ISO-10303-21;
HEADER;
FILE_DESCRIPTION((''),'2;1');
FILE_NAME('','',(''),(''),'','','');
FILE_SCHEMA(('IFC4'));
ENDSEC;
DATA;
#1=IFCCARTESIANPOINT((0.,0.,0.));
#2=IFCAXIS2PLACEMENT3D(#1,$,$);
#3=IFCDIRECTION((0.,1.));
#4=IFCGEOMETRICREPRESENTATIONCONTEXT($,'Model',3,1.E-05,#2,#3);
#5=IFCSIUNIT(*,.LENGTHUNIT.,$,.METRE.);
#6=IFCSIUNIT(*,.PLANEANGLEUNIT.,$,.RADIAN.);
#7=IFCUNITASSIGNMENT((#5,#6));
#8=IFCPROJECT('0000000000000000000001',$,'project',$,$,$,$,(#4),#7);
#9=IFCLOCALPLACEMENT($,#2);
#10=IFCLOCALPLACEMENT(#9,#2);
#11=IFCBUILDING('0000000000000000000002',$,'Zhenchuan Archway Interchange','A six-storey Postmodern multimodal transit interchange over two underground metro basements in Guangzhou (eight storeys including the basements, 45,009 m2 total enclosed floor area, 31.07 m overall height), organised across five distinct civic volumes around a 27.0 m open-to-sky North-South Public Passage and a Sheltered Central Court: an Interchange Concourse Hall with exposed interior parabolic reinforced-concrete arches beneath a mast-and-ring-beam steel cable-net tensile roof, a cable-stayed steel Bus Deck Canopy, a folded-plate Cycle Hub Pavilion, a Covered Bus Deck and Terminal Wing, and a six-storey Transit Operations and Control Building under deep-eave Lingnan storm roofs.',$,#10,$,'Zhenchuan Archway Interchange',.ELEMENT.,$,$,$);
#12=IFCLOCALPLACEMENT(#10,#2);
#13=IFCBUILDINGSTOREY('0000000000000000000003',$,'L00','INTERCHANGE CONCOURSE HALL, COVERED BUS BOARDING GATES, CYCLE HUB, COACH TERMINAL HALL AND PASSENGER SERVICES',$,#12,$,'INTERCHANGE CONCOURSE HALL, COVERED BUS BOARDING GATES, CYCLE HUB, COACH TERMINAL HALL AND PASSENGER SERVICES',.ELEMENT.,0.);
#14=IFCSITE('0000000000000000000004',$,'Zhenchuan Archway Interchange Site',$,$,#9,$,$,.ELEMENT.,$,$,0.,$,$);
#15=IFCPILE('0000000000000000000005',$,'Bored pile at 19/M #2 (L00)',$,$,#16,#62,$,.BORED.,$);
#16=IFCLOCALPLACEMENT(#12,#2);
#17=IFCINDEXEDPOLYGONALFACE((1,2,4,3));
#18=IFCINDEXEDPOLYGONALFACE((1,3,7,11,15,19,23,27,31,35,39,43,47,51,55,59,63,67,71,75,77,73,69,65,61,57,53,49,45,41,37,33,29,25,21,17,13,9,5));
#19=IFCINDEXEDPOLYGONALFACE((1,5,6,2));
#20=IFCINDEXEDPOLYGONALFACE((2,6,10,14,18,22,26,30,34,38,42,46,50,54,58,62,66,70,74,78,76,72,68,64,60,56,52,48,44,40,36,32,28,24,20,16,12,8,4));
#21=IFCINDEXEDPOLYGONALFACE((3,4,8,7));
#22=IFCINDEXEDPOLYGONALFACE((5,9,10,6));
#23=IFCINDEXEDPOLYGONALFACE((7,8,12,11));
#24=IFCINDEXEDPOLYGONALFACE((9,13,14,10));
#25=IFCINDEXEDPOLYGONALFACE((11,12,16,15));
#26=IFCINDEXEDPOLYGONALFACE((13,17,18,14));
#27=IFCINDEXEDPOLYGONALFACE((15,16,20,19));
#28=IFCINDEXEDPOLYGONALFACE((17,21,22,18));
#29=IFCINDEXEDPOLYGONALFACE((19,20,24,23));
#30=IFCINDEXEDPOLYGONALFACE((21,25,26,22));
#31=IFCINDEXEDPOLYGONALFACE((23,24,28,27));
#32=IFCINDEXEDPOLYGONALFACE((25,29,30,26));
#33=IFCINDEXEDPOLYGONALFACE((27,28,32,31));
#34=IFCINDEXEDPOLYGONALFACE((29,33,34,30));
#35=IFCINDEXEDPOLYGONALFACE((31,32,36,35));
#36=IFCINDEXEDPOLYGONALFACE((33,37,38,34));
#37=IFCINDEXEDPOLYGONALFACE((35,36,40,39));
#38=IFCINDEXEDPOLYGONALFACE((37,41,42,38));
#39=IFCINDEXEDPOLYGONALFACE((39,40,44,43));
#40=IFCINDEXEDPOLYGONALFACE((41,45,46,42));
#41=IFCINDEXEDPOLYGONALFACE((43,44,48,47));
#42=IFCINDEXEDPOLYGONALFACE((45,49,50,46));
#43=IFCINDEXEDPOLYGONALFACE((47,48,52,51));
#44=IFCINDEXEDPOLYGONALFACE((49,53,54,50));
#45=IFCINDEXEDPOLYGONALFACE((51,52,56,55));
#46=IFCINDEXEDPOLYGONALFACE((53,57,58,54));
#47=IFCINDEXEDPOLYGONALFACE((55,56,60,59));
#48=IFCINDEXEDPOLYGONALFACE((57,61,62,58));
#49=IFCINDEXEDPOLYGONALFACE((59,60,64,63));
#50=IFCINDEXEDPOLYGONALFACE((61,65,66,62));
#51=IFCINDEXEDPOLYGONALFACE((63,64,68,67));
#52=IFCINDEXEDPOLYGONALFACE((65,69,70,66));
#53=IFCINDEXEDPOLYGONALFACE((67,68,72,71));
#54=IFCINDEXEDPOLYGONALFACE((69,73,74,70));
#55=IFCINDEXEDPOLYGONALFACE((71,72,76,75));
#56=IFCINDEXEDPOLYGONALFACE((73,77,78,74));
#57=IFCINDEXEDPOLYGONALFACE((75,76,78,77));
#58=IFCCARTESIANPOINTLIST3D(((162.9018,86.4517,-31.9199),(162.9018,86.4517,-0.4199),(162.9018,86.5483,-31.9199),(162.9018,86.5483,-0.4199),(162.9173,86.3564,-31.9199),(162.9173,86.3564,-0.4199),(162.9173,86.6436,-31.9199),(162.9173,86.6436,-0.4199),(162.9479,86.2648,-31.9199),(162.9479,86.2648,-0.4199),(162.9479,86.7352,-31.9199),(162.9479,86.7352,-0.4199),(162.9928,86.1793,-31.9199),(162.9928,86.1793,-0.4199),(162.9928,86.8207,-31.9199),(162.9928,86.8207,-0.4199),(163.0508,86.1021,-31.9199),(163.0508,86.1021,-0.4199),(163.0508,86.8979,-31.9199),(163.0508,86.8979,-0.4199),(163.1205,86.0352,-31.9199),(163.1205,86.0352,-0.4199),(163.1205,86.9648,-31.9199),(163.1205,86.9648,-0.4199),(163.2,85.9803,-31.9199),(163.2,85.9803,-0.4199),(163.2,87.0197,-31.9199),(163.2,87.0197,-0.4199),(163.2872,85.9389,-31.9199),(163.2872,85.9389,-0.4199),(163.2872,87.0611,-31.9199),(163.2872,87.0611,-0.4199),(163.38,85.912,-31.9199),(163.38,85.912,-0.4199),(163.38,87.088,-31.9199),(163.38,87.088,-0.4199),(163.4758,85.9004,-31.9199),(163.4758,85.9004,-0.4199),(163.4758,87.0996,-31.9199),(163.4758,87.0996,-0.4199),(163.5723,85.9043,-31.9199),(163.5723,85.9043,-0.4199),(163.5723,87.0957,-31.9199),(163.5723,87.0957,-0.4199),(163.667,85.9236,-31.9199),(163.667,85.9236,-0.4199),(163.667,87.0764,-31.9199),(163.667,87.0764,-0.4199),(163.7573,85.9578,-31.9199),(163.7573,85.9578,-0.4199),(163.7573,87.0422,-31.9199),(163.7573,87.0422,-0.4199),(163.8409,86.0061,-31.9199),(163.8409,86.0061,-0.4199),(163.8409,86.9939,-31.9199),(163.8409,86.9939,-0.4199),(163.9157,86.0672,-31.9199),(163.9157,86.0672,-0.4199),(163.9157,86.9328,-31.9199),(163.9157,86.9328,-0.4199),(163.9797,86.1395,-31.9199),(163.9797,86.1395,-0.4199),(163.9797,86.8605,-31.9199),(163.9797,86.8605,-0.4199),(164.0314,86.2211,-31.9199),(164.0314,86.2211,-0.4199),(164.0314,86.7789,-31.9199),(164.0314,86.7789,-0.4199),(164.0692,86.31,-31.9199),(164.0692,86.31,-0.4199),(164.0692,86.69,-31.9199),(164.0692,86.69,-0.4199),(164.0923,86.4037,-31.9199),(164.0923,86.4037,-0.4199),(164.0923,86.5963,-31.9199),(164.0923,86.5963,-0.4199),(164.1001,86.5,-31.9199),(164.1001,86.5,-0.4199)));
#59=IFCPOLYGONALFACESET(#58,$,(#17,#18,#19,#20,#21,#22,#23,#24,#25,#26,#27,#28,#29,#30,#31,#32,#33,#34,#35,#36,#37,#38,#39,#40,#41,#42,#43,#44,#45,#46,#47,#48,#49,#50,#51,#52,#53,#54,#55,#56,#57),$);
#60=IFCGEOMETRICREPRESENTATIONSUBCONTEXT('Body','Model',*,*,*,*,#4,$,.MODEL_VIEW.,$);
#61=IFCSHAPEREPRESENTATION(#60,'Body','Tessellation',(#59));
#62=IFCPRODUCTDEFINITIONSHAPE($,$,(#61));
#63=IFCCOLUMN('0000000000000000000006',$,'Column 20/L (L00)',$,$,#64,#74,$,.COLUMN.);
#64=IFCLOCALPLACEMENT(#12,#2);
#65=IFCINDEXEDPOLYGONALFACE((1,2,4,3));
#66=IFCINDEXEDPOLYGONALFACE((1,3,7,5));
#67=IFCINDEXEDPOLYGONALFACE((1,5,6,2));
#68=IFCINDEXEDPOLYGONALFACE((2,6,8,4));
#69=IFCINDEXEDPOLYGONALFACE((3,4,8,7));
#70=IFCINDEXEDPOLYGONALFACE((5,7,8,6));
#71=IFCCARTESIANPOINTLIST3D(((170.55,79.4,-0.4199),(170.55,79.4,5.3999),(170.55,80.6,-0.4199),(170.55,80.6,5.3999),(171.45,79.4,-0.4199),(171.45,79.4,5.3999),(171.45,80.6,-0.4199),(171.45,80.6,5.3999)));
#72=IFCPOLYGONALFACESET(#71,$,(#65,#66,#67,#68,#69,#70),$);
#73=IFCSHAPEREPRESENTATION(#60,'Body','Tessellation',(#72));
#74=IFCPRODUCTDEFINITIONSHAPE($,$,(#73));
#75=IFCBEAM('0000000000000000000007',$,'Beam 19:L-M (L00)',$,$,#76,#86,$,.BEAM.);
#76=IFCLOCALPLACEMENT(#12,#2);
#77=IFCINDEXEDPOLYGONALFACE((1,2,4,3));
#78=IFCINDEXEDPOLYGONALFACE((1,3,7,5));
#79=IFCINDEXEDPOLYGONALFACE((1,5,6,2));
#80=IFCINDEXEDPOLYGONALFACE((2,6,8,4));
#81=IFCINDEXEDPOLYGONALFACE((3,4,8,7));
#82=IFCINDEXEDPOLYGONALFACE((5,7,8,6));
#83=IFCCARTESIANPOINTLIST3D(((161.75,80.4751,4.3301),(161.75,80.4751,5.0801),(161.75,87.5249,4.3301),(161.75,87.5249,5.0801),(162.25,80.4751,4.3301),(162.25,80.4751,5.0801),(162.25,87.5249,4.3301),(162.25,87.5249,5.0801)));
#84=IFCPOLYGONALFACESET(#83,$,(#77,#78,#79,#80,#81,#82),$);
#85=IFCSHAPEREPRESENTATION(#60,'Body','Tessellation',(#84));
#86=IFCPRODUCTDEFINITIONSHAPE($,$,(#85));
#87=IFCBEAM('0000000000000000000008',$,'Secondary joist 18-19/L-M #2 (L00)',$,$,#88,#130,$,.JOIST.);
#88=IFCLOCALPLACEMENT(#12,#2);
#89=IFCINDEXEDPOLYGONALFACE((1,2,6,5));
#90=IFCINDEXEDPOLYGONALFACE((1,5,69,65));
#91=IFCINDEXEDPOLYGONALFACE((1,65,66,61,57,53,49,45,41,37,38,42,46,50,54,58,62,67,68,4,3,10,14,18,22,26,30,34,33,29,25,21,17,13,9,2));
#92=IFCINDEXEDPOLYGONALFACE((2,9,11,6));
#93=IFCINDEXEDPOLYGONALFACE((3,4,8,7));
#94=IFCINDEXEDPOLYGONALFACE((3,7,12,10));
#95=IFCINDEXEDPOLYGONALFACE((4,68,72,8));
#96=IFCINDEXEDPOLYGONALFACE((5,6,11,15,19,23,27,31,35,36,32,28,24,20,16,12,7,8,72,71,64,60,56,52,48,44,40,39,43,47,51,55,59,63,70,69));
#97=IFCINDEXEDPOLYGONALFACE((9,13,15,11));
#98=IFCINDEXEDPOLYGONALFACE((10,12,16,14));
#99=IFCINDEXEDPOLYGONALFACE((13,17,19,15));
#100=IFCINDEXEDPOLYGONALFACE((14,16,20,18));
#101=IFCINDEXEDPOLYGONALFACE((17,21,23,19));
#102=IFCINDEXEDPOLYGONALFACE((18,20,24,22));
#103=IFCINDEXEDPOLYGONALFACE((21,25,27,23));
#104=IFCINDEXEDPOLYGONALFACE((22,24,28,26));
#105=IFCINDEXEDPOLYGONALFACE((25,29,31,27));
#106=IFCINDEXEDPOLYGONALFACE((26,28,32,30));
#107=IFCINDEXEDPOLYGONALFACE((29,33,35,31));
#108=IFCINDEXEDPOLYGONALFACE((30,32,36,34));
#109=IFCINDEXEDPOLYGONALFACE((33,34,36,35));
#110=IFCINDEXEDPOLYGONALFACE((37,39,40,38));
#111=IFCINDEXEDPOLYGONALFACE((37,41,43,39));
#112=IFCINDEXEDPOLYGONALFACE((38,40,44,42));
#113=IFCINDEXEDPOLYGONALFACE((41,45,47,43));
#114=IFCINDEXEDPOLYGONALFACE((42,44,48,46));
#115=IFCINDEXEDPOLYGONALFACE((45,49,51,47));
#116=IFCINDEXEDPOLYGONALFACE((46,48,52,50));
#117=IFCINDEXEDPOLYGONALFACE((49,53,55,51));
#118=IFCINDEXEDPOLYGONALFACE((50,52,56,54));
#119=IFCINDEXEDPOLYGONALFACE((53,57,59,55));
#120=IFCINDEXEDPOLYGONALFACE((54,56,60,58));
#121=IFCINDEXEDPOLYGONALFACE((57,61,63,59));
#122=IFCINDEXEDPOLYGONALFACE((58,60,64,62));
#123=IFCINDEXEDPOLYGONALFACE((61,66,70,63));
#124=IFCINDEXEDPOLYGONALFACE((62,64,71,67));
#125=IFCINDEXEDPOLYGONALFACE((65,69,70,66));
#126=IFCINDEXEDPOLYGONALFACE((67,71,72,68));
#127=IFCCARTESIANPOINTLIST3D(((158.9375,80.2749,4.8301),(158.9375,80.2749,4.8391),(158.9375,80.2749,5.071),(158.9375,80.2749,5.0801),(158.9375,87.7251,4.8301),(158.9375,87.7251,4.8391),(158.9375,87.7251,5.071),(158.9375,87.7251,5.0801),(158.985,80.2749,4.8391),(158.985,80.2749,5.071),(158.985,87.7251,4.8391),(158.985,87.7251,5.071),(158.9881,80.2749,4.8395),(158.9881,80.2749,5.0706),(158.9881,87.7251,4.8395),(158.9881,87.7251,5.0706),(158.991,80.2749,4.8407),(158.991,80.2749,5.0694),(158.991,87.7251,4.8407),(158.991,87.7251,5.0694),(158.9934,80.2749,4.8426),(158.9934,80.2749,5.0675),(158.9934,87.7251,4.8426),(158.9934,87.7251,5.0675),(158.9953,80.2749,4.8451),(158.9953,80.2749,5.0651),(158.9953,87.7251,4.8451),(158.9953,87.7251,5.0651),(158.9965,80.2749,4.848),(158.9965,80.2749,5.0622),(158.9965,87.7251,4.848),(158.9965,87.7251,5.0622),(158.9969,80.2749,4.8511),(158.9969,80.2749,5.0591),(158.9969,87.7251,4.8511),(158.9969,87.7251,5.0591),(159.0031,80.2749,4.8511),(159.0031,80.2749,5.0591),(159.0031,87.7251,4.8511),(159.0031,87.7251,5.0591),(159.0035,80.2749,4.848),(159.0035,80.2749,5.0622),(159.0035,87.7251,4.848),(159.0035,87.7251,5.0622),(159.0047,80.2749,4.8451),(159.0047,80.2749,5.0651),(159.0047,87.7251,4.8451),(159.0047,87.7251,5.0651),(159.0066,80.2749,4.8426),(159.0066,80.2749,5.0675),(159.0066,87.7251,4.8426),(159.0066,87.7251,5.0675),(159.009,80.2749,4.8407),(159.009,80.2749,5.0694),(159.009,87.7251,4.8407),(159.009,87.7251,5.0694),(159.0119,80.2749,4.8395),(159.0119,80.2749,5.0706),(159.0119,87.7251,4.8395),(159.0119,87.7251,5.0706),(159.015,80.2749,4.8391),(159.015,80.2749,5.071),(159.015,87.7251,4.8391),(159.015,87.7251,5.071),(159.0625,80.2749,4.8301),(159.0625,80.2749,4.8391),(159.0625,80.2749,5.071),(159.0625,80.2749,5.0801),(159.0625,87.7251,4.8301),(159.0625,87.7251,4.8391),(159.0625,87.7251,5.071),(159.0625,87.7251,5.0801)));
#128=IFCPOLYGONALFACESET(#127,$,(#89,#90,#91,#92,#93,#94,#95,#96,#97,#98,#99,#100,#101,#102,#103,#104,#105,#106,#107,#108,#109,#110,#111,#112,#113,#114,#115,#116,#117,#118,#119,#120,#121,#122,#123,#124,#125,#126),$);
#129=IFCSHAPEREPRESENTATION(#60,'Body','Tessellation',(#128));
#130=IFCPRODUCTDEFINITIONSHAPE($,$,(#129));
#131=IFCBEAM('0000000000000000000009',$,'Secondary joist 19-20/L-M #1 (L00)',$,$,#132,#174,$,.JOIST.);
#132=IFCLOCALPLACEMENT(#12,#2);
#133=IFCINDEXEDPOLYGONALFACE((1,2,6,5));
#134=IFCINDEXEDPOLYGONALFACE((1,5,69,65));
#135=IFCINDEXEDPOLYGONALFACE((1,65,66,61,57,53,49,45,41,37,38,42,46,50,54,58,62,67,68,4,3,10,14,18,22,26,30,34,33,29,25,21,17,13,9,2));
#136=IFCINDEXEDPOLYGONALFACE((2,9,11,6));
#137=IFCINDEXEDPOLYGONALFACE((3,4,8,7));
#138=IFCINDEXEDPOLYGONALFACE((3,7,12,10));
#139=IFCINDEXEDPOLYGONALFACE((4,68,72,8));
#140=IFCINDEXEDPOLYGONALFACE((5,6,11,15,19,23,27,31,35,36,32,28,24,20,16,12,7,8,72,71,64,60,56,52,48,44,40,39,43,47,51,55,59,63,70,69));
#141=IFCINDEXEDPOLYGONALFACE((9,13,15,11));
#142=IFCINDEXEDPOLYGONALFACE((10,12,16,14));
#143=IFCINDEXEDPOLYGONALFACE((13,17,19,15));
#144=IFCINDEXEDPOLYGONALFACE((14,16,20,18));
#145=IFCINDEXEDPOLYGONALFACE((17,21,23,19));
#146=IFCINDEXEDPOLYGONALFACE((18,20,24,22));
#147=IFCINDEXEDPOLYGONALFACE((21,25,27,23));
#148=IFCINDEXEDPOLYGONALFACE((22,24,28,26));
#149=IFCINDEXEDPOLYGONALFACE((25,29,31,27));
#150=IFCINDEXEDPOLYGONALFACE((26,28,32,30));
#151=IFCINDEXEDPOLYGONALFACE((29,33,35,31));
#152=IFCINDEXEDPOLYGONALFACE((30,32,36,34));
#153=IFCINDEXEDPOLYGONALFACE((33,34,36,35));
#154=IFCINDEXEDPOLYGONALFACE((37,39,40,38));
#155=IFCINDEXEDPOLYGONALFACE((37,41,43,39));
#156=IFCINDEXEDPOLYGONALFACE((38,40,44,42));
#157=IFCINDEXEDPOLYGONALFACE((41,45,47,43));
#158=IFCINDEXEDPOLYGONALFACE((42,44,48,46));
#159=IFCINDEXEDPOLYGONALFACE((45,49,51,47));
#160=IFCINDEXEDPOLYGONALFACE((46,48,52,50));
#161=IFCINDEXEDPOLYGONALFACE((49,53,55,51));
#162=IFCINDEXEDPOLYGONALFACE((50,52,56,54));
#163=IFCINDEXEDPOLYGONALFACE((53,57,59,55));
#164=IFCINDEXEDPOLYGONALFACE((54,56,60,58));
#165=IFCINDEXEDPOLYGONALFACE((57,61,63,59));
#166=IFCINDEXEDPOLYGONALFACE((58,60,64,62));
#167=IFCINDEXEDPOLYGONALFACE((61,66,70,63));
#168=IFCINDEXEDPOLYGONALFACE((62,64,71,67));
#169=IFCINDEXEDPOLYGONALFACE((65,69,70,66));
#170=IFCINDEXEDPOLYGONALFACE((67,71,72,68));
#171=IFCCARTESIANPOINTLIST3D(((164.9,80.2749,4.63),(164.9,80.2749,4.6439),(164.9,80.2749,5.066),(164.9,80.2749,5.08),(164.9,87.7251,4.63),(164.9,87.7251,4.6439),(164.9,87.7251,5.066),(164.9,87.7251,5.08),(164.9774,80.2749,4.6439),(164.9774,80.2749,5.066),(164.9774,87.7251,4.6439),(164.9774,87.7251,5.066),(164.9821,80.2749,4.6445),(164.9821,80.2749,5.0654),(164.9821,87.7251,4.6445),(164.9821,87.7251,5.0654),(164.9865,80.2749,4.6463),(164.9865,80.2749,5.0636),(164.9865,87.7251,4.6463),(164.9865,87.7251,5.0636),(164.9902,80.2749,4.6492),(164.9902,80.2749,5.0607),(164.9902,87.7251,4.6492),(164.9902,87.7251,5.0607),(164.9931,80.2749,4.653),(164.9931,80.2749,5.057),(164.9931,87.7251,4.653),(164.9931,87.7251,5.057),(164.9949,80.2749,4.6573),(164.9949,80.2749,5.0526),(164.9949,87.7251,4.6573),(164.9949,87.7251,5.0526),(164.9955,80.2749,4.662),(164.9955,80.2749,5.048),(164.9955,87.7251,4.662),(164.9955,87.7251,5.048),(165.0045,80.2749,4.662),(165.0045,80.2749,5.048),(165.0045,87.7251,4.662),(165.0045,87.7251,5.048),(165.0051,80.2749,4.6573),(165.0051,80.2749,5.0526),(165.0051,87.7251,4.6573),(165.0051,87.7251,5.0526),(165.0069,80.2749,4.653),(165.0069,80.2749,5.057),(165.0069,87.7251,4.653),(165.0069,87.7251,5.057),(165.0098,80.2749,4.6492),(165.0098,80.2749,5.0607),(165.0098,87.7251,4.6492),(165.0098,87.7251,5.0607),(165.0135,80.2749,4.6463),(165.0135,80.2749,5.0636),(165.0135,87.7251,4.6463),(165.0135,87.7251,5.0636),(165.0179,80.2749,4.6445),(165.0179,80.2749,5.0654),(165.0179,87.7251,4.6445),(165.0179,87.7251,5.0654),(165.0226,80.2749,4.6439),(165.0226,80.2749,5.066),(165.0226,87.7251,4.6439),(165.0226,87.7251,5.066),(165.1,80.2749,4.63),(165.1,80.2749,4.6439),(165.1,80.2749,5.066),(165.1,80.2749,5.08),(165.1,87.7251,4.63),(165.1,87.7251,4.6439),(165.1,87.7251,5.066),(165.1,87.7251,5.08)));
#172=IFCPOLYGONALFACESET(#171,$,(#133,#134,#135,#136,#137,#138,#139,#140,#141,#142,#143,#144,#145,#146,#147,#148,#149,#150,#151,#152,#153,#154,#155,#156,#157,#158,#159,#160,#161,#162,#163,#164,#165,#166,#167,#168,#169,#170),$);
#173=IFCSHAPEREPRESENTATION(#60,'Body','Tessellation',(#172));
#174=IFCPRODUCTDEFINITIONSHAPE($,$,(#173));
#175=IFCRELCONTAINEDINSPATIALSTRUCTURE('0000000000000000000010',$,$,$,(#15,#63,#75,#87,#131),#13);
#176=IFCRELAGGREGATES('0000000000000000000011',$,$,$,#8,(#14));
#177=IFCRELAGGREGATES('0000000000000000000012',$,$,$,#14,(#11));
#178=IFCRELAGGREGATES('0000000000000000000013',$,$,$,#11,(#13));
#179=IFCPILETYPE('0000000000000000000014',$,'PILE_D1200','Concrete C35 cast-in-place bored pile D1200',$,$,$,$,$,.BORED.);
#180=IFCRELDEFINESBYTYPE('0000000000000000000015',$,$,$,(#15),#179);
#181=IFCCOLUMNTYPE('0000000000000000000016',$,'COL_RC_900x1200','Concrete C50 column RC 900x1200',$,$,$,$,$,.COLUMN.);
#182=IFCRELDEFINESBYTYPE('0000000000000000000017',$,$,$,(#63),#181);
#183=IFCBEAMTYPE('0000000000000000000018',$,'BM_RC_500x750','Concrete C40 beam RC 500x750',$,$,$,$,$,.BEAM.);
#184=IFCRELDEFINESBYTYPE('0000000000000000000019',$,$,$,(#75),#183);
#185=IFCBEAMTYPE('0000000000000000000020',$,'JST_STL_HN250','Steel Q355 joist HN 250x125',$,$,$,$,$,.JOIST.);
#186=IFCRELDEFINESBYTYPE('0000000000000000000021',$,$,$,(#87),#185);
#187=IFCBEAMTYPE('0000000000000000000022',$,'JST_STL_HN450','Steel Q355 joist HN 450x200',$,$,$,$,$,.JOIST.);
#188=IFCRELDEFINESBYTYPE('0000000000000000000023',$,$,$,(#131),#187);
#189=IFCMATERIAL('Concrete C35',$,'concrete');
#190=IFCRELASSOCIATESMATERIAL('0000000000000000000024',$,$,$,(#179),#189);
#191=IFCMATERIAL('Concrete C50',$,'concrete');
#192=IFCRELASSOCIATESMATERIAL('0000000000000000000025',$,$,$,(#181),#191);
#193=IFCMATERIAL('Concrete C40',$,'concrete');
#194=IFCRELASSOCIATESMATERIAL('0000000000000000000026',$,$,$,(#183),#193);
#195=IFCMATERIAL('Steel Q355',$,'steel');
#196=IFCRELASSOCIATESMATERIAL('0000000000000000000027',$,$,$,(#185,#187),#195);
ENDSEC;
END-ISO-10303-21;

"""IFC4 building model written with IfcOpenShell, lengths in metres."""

from ifc_helpers import new_model, si_unit, direction, frame, origin, origin_2d, place, context, subcontext, project, spatial, rectangle, circle, i_section, extrude, material, material_profile, profile_set, type_object, element, save


model = new_model("IFC4")

# Units and contexts
model_context = context("Model", 3, precision=1e-05, world=origin(), true_north=direction((0.0, 1.0)))
body_context = subcontext(model_context, "Body", "Model", "MODEL_VIEW")
ifc_project = project(units=[si_unit("LENGTHUNIT", "METRE"), si_unit("PLANEANGLEUNIT", "RADIAN")], contexts=[model_context])

# Site, building, storey
site_placement = place(None, origin())
site = spatial("IfcSite", under=ifc_project, at=site_placement, Name="Zhenchuan Archway Interchange Site", CompositionType="ELEMENT", RefElevation=0.0)
building_placement = place(site_placement, origin())
building = spatial("IfcBuilding", under=site, at=building_placement, Name="Zhenchuan Archway Interchange", Description="A six-storey Postmodern multimodal transit interchange over two underground metro basements in Guangzhou (eight storeys including the basements, 45,009 m2 total enclosed floor area, 31.07 m overall height), organised across five distinct civic volumes around a 27.0 m open-to-sky North-South Public Passage and a Sheltered Central Court: an Interchange Concourse Hall with exposed interior parabolic reinforced-concrete arches beneath a mast-and-ring-beam steel cable-net tensile roof, a cable-stayed steel Bus Deck Canopy, a folded-plate Cycle Hub Pavilion, a Covered Bus Deck and Terminal Wing, and a six-storey Transit Operations and Control Building under deep-eave Lingnan storm roofs.", LongName="Zhenchuan Archway Interchange", CompositionType="ELEMENT")
storey_placement = place(building_placement, origin())
storey = spatial("IfcBuildingStorey", under=building, at=storey_placement, Name="L00", Description="INTERCHANGE CONCOURSE HALL, COVERED BUS BOARDING GATES, CYCLE HUB, COACH TERMINAL HALL AND PASSENGER SERVICES", LongName="INTERCHANGE CONCOURSE HALL, COVERED BUS BOARDING GATES, CYCLE HUB, COACH TERMINAL HALL AND PASSENGER SERVICES", CompositionType="ELEMENT", Elevation=0.0)

# Shared definitions
ifc_material_1 = material(Name="Concrete C40", Category="concrete")

# Pile
ifc_material_2 = material(Name="Concrete C35", Category="concrete")
ifc_material_profile_1 = material_profile(ifc_material_2, circle(Radius=0.6001, at=origin_2d()), Name="BORED PILE 1200")
ifc_profile_set_1 = profile_set([ifc_material_profile_1], Name="Concrete C35")
pile_type_1 = type_object("IfcPileType", Name="PILE_D1200", Description="Concrete C35 cast-in-place bored pile D1200", PredefinedType="BORED", material=ifc_profile_set_1)
for number, where, z_axis, x_axis, name in (
    (1, (163.5, 86.5, -0.4199), (0.0, 0.0, -1.0), (1.0, 0.0, 0.0), "Bored pile at 19/M #2 (L00)"),
):
    element("IfcPile", number, at=place(storey_placement, frame(where, z_axis=z_axis, x_axis=x_axis)), inside=storey, type_object=pile_type_1, Name=name, PredefinedType="BORED", context=body_context, shape_type="SweptSolid", body=[
        extrude(circle(Radius=0.6001, at=origin_2d()), origin(), (0.0, 0.0, 1.0), 31.5),
    ])

# Column
ifc_material_3 = material(Name="Concrete C50", Category="concrete")
ifc_material_profile_2 = material_profile(ifc_material_3, rectangle(XDim=0.8999, YDim=1.2, at=origin_2d()), Name="RC 900x1200")
ifc_profile_set_2 = profile_set([ifc_material_profile_2], Name="Concrete C50")
column_type = type_object("IfcColumnType", Name="COL_RC_900x1200", Description="Concrete C50 column RC 900x1200", PredefinedType="COLUMN", material=ifc_profile_set_2)
column_placement = place(storey_placement, frame((171.0, 80.0, -0.4199), z_axis=(0.0, 0.0, 1.0), x_axis=(1.0, 0.0, 0.0)))
element("IfcColumn", 2, at=column_placement, inside=storey, type_object=column_type, Name="Column 20/L (L00)", PredefinedType="COLUMN", context=body_context, shape_type="SweptSolid", body=[
    extrude(rectangle(XDim=0.8999, YDim=1.2, at=origin_2d()), origin(), (0.0, 0.0, 1.0), 5.8198),
])

# Beams
ifc_material_profile_3 = material_profile(ifc_material_1, rectangle(XDim=0.5, YDim=0.75, at=origin_2d()), Name="RC 500x750")
ifc_profile_set_3 = profile_set([ifc_material_profile_3], Name="Concrete C40")
beam_type_1 = type_object("IfcBeamType", Name="BM_RC_500x750", Description="Concrete C40 beam RC 500x750", PredefinedType="BEAM", material=ifc_profile_set_3)
beam_1_placement = place(storey_placement, frame((162.0, 80.4751, 4.7051), z_axis=(0.0, 1.0, 0.0), x_axis=(-1.0, 0.0, 0.0)))
element("IfcBeam", 3, at=beam_1_placement, inside=storey, type_object=beam_type_1, Name="Beam 19:L-M (L00)", PredefinedType="BEAM", context=body_context, shape_type="SweptSolid", body=[
    extrude(rectangle(XDim=0.5, YDim=0.75, at=origin_2d()), origin(), (0.0, 0.0, 1.0), 7.0498),
])
ifc_material_4 = material(Name="Steel Q355", Category="steel")
ifc_material_profile_4 = material_profile(ifc_material_4, i_section(OverallWidth=0.125, OverallDepth=0.25, WebThickness=0.0061, FlangeThickness=0.009, FilletRadius=0.012, at=origin_2d()), Name="HN 250x125")
ifc_profile_set_4 = profile_set([ifc_material_profile_4], Name="Steel Q355")
beam_type_2 = type_object("IfcBeamType", Name="JST_STL_HN250", Description="Steel Q355 joist HN 250x125", PredefinedType="JOIST", material=ifc_profile_set_4)
beam_2_placement = place(storey_placement, frame((159.0, 80.2749, 4.9551), z_axis=(0.0, 1.0, 0.0), x_axis=(-1.0, 0.0, 0.0)))
element("IfcBeam", 4, at=beam_2_placement, inside=storey, type_object=beam_type_2, Name="Secondary joist 18-19/L-M #2 (L00)", PredefinedType="JOIST", context=body_context, shape_type="SweptSolid", body=[
    extrude(i_section(OverallWidth=0.125, OverallDepth=0.25, WebThickness=0.0061, FlangeThickness=0.009, FilletRadius=0.012, at=origin_2d()), origin(), (0.0, 0.0, 1.0), 7.4502),
])
ifc_material_profile_5 = material_profile(ifc_material_4, i_section(OverallWidth=0.2, OverallDepth=0.45, WebThickness=0.009, FlangeThickness=0.0139, FilletRadius=0.0181, at=origin_2d()), Name="HN 450x200")
ifc_profile_set_5 = profile_set([ifc_material_profile_5], Name="Steel Q355")
beam_type_3 = type_object("IfcBeamType", Name="JST_STL_HN450", Description="Steel Q355 joist HN 450x200", PredefinedType="JOIST", material=ifc_profile_set_5)
for number, where, z_axis, x_axis, name in (
    (5, (165.0, 80.2749, 4.855), (0.0, 1.0, 0.0), (-1.0, 0.0, 0.0), "Secondary joist 19-20/L-M #1 (L00)"),
):
    element("IfcBeam", number, at=place(storey_placement, frame(where, z_axis=z_axis, x_axis=x_axis)), inside=storey, type_object=beam_type_3, Name=name, PredefinedType="JOIST", context=body_context, shape_type="SweptSolid", body=[
        extrude(i_section(OverallWidth=0.2, OverallDepth=0.45, WebThickness=0.009, FlangeThickness=0.0139, FilletRadius=0.0181, at=origin_2d()), origin(), (0.0, 0.0, 1.0), 7.4502),
    ])

save(model, "model.ifc")
